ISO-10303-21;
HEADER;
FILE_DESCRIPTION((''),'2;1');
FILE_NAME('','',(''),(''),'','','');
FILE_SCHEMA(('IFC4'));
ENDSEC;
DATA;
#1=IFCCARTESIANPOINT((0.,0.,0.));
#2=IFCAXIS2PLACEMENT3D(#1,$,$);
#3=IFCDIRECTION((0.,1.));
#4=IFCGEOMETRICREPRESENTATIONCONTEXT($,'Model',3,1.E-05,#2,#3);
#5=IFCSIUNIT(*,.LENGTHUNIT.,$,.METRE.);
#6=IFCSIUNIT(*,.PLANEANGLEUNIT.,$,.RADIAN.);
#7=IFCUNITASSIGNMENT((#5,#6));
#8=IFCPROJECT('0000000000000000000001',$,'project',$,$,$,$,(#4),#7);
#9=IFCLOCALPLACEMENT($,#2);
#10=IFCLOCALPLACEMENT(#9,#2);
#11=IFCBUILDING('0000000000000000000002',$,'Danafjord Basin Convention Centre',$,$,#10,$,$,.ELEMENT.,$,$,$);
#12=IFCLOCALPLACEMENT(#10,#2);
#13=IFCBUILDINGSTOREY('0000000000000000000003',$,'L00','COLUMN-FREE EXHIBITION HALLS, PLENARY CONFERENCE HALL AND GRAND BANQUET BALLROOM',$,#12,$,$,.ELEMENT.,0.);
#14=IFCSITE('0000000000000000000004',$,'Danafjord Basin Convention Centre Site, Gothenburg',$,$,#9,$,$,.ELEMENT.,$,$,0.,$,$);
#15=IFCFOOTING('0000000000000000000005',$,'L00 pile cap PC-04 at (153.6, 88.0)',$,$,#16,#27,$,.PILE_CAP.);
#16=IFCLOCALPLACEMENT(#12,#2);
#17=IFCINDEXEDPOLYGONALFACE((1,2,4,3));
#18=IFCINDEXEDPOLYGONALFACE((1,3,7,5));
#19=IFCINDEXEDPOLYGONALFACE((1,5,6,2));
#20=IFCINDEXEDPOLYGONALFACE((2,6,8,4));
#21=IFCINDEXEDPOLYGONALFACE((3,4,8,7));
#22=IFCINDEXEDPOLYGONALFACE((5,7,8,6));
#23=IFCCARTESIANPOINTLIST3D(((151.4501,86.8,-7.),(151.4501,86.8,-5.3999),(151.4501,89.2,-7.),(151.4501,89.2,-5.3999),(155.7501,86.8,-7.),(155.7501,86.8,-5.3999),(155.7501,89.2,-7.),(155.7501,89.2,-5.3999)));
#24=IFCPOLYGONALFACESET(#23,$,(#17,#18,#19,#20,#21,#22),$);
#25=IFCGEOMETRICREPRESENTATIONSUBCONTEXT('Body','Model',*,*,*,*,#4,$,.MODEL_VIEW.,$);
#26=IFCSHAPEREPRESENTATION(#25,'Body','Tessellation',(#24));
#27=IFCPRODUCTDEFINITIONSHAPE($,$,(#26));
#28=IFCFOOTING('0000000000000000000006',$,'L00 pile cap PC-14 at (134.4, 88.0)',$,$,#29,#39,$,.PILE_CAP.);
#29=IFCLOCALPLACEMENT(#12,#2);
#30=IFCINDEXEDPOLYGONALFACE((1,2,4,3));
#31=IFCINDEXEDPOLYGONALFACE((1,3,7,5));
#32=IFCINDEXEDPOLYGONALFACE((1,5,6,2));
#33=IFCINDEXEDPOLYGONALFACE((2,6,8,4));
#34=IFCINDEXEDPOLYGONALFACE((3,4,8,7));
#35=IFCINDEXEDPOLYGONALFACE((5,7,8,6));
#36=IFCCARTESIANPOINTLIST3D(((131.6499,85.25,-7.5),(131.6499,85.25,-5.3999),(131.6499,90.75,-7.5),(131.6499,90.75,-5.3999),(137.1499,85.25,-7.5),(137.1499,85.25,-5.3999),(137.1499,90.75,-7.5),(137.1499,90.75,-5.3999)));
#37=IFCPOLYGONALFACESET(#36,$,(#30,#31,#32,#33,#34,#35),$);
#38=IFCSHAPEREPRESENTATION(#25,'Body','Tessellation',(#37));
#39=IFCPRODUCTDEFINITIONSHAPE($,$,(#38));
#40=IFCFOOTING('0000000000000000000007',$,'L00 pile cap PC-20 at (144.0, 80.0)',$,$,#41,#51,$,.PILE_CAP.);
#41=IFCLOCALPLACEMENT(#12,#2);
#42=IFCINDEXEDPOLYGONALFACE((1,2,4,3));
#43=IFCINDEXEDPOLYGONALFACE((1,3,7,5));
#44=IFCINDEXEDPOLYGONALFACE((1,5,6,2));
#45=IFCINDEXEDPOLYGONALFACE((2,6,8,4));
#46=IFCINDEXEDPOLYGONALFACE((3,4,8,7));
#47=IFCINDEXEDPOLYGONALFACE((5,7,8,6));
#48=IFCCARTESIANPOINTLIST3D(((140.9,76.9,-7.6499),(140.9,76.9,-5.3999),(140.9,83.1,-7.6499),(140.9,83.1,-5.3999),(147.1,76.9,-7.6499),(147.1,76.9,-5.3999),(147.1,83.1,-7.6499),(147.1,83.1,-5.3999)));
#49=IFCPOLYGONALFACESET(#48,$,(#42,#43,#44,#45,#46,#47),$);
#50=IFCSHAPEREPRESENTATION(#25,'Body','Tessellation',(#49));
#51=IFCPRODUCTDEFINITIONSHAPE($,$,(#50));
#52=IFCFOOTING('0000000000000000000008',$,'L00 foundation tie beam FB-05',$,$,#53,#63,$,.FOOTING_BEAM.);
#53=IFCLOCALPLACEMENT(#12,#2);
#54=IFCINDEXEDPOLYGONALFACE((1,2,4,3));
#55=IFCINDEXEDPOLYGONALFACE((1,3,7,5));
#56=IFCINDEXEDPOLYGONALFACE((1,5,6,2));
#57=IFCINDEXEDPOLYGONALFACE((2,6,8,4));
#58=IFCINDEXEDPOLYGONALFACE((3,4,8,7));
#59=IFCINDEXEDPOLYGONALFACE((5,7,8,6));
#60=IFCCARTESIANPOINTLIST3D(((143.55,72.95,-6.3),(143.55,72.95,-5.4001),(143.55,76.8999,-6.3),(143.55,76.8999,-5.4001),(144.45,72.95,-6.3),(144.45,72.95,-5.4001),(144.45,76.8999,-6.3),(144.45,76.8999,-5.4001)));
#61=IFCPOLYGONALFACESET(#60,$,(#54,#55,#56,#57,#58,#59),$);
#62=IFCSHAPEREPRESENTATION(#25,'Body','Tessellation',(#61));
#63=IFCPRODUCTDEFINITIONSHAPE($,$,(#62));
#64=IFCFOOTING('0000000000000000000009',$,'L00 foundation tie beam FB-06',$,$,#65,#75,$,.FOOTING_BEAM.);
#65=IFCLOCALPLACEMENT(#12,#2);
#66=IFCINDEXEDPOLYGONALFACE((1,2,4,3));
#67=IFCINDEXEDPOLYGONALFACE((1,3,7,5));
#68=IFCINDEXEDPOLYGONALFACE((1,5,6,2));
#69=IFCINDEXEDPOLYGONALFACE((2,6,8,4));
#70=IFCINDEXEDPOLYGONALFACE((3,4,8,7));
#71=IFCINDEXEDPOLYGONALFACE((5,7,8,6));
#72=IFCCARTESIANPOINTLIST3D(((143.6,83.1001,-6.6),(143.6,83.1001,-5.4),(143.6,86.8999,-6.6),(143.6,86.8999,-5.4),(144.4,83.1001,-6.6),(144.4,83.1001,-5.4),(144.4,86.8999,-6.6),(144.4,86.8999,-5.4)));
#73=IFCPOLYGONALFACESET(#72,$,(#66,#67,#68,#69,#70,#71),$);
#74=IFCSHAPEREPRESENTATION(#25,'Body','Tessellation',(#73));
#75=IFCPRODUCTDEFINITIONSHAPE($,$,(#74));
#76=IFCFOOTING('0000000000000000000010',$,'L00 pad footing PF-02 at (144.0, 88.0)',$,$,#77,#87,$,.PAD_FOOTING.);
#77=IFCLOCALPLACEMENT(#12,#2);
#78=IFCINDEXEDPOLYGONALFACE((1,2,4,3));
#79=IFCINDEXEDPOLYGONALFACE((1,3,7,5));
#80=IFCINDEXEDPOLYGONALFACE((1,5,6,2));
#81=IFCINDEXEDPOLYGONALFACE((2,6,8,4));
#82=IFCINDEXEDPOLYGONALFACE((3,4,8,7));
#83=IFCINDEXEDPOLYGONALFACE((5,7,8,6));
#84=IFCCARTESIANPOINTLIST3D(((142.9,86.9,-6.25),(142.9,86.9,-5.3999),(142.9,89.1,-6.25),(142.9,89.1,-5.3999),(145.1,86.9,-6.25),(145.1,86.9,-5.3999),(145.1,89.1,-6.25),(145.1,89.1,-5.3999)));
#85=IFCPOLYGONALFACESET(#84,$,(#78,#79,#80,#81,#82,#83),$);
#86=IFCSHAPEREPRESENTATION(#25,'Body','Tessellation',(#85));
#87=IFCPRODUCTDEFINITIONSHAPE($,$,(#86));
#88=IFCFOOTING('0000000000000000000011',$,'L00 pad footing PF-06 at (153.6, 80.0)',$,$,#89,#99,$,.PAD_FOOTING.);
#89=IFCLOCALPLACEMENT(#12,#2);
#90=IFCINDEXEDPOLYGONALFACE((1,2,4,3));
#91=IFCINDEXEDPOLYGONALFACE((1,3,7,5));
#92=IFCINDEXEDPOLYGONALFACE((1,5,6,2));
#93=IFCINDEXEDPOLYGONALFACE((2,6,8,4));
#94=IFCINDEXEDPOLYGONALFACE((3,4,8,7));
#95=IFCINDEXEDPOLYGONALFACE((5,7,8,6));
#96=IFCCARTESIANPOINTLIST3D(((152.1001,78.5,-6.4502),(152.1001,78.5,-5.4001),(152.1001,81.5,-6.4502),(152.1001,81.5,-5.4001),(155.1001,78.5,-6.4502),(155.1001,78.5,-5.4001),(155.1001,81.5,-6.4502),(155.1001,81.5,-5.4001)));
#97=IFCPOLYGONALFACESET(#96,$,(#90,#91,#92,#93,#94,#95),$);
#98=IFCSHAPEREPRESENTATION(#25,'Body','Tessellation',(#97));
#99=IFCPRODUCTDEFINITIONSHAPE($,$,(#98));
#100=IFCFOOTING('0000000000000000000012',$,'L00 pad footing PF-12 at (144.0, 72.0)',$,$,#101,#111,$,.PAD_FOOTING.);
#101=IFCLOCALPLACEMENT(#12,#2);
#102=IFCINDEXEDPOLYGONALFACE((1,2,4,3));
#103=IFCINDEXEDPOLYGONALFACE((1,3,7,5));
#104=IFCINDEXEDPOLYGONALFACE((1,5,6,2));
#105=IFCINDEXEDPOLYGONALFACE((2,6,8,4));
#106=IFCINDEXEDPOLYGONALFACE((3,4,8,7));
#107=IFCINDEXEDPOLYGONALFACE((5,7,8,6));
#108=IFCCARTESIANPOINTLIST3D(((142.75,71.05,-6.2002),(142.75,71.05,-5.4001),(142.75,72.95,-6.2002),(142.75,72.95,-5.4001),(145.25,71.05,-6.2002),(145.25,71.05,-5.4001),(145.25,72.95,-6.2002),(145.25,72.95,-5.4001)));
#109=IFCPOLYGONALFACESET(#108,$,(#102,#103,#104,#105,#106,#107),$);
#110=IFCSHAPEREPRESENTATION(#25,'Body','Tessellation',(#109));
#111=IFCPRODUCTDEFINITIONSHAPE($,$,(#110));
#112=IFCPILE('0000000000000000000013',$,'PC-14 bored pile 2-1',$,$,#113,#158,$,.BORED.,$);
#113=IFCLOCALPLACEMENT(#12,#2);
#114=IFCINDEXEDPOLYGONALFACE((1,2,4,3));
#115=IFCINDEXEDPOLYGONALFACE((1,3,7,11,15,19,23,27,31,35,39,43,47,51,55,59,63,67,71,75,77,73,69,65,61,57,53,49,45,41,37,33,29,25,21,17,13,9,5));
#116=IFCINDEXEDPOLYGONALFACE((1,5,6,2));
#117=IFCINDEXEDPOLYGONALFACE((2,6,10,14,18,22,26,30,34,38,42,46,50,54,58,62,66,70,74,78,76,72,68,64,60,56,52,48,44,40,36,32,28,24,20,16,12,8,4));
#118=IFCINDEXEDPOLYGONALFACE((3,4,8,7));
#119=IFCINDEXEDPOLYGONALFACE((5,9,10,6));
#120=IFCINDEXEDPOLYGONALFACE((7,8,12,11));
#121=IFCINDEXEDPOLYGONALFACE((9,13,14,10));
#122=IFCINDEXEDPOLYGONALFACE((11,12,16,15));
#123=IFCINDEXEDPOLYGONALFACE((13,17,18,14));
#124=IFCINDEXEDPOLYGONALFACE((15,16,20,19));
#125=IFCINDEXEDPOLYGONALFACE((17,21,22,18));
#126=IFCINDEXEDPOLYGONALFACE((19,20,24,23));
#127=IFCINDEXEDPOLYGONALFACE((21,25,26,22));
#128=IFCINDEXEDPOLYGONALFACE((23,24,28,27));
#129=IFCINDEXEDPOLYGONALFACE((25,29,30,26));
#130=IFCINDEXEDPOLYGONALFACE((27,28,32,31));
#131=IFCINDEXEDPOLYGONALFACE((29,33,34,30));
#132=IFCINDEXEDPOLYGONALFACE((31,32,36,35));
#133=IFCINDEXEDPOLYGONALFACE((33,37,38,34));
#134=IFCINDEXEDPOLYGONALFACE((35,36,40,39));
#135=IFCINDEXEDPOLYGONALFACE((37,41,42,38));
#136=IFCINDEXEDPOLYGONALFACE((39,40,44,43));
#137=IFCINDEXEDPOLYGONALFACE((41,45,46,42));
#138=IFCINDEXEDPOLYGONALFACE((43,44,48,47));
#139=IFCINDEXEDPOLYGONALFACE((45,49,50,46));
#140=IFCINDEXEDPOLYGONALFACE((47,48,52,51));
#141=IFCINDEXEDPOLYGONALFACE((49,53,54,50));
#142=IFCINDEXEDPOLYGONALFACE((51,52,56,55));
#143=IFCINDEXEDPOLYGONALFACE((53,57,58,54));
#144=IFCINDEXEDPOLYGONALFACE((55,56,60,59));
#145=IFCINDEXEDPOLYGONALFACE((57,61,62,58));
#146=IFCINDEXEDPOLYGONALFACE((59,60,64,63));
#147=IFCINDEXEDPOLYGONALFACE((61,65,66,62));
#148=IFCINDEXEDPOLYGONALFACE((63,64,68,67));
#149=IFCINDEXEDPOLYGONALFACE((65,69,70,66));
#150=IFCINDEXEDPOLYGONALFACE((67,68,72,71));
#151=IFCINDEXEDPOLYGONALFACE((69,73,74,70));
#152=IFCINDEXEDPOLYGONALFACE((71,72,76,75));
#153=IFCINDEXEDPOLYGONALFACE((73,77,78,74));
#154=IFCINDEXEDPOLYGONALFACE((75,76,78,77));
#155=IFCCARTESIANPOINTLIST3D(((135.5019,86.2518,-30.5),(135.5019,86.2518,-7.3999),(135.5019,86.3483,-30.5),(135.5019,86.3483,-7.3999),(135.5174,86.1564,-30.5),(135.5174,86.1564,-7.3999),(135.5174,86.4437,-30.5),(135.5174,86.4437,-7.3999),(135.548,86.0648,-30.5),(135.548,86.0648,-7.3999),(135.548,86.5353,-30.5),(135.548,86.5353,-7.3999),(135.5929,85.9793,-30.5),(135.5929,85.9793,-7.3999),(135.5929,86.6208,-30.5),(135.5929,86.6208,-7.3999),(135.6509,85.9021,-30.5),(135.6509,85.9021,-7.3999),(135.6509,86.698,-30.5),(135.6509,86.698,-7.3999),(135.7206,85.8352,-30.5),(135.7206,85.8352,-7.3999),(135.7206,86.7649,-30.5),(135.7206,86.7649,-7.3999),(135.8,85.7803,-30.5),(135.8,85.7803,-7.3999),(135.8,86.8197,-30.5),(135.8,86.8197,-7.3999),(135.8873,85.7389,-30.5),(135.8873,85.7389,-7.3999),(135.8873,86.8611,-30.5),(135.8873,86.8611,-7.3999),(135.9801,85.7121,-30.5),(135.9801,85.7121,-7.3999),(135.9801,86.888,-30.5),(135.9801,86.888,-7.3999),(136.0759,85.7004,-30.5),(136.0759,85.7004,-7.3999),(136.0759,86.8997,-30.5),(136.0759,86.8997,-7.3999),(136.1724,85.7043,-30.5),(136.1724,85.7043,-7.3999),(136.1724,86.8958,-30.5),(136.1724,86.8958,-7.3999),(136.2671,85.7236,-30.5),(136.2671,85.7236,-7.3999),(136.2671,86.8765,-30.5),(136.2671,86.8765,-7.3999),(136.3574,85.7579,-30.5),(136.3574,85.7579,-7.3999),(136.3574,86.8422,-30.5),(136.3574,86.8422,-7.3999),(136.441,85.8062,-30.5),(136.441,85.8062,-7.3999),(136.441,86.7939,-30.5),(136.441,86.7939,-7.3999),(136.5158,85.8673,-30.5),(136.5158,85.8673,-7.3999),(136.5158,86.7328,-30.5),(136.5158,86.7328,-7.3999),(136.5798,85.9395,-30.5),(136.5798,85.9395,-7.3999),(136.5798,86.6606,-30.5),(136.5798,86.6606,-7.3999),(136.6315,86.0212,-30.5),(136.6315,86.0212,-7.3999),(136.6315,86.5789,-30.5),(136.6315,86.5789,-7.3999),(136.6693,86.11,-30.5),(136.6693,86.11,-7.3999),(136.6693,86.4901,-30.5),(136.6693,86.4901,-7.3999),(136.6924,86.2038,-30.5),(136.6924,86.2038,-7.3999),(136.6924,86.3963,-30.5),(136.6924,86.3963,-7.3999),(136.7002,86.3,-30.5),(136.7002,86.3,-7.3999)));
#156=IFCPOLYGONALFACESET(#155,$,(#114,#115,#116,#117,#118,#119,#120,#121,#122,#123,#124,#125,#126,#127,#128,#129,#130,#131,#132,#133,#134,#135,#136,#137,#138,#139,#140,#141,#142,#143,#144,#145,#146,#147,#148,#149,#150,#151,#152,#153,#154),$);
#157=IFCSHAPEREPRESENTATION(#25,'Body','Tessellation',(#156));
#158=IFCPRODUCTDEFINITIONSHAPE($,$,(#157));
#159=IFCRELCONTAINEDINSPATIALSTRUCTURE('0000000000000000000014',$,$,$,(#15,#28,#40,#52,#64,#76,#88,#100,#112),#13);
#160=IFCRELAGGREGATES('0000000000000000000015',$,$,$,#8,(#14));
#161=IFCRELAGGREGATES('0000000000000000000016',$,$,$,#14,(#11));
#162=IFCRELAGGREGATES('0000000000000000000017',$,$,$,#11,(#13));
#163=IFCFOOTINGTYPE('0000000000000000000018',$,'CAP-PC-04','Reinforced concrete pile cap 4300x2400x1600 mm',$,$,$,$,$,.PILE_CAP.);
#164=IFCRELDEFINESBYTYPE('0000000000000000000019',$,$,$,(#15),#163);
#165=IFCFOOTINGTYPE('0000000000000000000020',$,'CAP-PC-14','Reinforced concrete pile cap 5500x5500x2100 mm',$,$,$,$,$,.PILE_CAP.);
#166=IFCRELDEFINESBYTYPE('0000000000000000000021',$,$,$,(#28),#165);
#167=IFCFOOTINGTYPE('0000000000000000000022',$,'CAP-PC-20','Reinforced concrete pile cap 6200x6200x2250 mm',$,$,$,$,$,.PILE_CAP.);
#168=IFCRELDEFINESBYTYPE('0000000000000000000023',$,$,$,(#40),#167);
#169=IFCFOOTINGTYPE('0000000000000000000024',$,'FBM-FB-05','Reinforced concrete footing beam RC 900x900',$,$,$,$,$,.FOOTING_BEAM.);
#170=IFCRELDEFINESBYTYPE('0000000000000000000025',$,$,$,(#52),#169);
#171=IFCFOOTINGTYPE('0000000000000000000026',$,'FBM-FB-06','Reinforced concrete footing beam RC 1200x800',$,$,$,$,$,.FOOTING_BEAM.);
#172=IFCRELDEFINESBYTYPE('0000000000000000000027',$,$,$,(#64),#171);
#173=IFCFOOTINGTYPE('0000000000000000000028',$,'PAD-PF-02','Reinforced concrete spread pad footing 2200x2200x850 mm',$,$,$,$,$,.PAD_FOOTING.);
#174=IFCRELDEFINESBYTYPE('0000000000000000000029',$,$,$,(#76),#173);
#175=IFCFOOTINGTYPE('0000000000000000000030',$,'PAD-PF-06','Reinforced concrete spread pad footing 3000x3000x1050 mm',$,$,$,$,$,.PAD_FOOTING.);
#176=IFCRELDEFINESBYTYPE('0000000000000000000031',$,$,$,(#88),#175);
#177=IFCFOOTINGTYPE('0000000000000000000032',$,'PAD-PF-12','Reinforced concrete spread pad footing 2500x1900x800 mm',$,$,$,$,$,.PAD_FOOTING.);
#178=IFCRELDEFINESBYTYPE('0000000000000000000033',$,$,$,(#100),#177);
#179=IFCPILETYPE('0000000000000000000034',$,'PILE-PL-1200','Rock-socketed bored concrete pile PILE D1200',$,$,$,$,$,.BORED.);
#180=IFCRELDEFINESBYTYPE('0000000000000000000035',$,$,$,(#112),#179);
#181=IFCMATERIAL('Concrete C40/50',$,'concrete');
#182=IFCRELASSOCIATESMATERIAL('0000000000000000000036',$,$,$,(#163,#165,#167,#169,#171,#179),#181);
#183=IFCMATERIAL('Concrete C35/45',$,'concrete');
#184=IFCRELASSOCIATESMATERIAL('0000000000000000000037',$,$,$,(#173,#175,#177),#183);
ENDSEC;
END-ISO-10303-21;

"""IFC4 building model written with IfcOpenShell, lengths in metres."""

from ifc_helpers import new_model, si_unit, direction, frame, origin, origin_2d, place, context, subcontext, project, spatial, rectangle, circle, extrude, material, material_profile, profile_set, type_object, element, save


model = new_model("IFC4")

# Units and contexts
model_context = context("Model", 3, precision=1e-05, world=origin(), true_north=direction((0.0, 1.0)))
body_context = subcontext(model_context, "Body", "Model", "MODEL_VIEW")
ifc_project = project(units=[si_unit("LENGTHUNIT", "METRE"), si_unit("PLANEANGLEUNIT", "RADIAN")], contexts=[model_context])

# Site, building, storey
site_placement = place(None, origin())
site = spatial("IfcSite", under=ifc_project, at=site_placement, Name="Danafjord Basin Convention Centre Site, Gothenburg", CompositionType="ELEMENT", RefElevation=0.0)
building_placement = place(site_placement, origin())
building = spatial("IfcBuilding", under=site, at=building_placement, Name="Danafjord Basin Convention Centre", CompositionType="ELEMENT")
storey_placement = place(building_placement, origin())
storey = spatial("IfcBuildingStorey", under=building, at=storey_placement, Name="L00", Description="COLUMN-FREE EXHIBITION HALLS, PLENARY CONFERENCE HALL AND GRAND BANQUET BALLROOM", CompositionType="ELEMENT", Elevation=0.0)

# Footings
ifc_material_1 = material(Name="Concrete C40/50", Category="concrete")
footing_type_1 = type_object("IfcFootingType", Name="CAP-PC-04", Description="Reinforced concrete pile cap 4300x2400x1600 mm", PredefinedType="PILE_CAP", material=ifc_material_1)
footing_1_placement = place(storey_placement, frame((153.6001, 88.0, -7.0), z_axis=(0.0, 0.0, 1.0), x_axis=(1.0, 0.0, 0.0)))
element("IfcFooting", 1, at=footing_1_placement, inside=storey, type_object=footing_type_1, Name="L00 pile cap PC-04 at (153.6, 88.0)", PredefinedType="PILE_CAP", context=body_context, shape_type="SweptSolid", body=[
    extrude(rectangle(XDim=4.3, YDim=2.3999, at=origin_2d()), origin(), (0.0, 0.0, 1.0), 1.6001),
])
footing_type_2 = type_object("IfcFootingType", Name="CAP-PC-14", Description="Reinforced concrete pile cap 5500x5500x2100 mm", PredefinedType="PILE_CAP", material=ifc_material_1)
footing_2_placement = place(storey_placement, frame((134.3999, 88.0, -7.5), z_axis=(0.0, 0.0, 1.0), x_axis=(1.0, 0.0, 0.0)))
element("IfcFooting", 2, at=footing_2_placement, inside=storey, type_object=footing_type_2, Name="L00 pile cap PC-14 at (134.4, 88.0)", PredefinedType="PILE_CAP", context=body_context, shape_type="SweptSolid", body=[
    extrude(rectangle(XDim=5.5, YDim=5.5, at=origin_2d()), origin(), (0.0, 0.0, 1.0), 2.1001),
])
footing_type_3 = type_object("IfcFootingType", Name="CAP-PC-20", Description="Reinforced concrete pile cap 6200x6200x2250 mm", PredefinedType="PILE_CAP", material=ifc_material_1)
footing_3_placement = place(storey_placement, frame((144.0, 80.0, -7.6499), z_axis=(0.0, 0.0, 1.0), x_axis=(1.0, 0.0, 0.0)))
element("IfcFooting", 3, at=footing_3_placement, inside=storey, type_object=footing_type_3, Name="L00 pile cap PC-20 at (144.0, 80.0)", PredefinedType="PILE_CAP", context=body_context, shape_type="SweptSolid", body=[
    extrude(rectangle(XDim=6.2, YDim=6.2, at=origin_2d()), origin(), (0.0, 0.0, 1.0), 2.25),
])
ifc_material_profile_1 = material_profile(ifc_material_1, rectangle(XDim=0.8999, YDim=0.8999, at=origin_2d()), Name="RC 900x900")
ifc_profile_set_1 = profile_set([ifc_material_profile_1], Name="Concrete C40/50")
footing_type_4 = type_object("IfcFootingType", Name="FBM-FB-05", Description="Reinforced concrete footing beam RC 900x900", PredefinedType="FOOTING_BEAM", material=ifc_profile_set_1)
footing_4_placement = place(storey_placement, frame((144.0, 72.95, -5.8501), z_axis=(0.0, 1.0, 0.0), x_axis=(-1.0, 0.0, 0.0)))
element("IfcFooting", 4, at=footing_4_placement, inside=storey, type_object=footing_type_4, Name="L00 foundation tie beam FB-05", PredefinedType="FOOTING_BEAM", context=body_context, shape_type="SweptSolid", body=[
    extrude(rectangle(XDim=0.8999, YDim=0.8999, at=origin_2d()), origin(), (0.0, 0.0, 1.0), 3.95),
])
ifc_material_profile_2 = material_profile(ifc_material_1, rectangle(XDim=0.8, YDim=1.2, at=origin_2d()), Name="RC 1200x800")
ifc_profile_set_2 = profile_set([ifc_material_profile_2], Name="Concrete C40/50")
footing_type_5 = type_object("IfcFootingType", Name="FBM-FB-06", Description="Reinforced concrete footing beam RC 1200x800", PredefinedType="FOOTING_BEAM", material=ifc_profile_set_2)
footing_5_placement = place(storey_placement, frame((144.0, 83.1001, -6.0), z_axis=(0.0, 1.0, 0.0), x_axis=(-1.0, 0.0, 0.0)))
element("IfcFooting", 5, at=footing_5_placement, inside=storey, type_object=footing_type_5, Name="L00 foundation tie beam FB-06", PredefinedType="FOOTING_BEAM", context=body_context, shape_type="SweptSolid", body=[
    extrude(rectangle(XDim=0.8, YDim=1.2, at=origin_2d()), origin(), (0.0, 0.0, 1.0), 3.7998),
])
ifc_material_2 = material(Name="Concrete C35/45", Category="concrete")
footing_type_6 = type_object("IfcFootingType", Name="PAD-PF-02", Description="Reinforced concrete spread pad footing 2200x2200x850 mm", PredefinedType="PAD_FOOTING", material=ifc_material_2)
footing_6_placement = place(storey_placement, frame((144.0, 88.0, -6.25), z_axis=(0.0, 0.0, 1.0), x_axis=(1.0, 0.0, 0.0)))
element("IfcFooting", 6, at=footing_6_placement, inside=storey, type_object=footing_type_6, Name="L00 pad footing PF-02 at (144.0, 88.0)", PredefinedType="PAD_FOOTING", context=body_context, shape_type="SweptSolid", body=[
    extrude(rectangle(XDim=2.2, YDim=2.2, at=origin_2d()), origin(), (0.0, 0.0, 1.0), 0.8501),
])
footing_type_7 = type_object("IfcFootingType", Name="PAD-PF-06", Description="Reinforced concrete spread pad footing 3000x3000x1050 mm", PredefinedType="PAD_FOOTING", material=ifc_material_2)
footing_7_placement = place(storey_placement, frame((153.6001, 80.0, -6.4502), z_axis=(0.0, 0.0, 1.0), x_axis=(1.0, 0.0, 0.0)))
element("IfcFooting", 7, at=footing_7_placement, inside=storey, type_object=footing_type_7, Name="L00 pad footing PF-06 at (153.6, 80.0)", PredefinedType="PAD_FOOTING", context=body_context, shape_type="SweptSolid", body=[
    extrude(rectangle(XDim=3.0, YDim=3.0, at=origin_2d()), origin(), (0.0, 0.0, 1.0), 1.05),
])
footing_type_8 = type_object("IfcFootingType", Name="PAD-PF-12", Description="Reinforced concrete spread pad footing 2500x1900x800 mm", PredefinedType="PAD_FOOTING", material=ifc_material_2)
footing_8_placement = place(storey_placement, frame((144.0, 72.0, -6.2002), z_axis=(0.0, 0.0, 1.0), x_axis=(1.0, 0.0, 0.0)))
element("IfcFooting", 8, at=footing_8_placement, inside=storey, type_object=footing_type_8, Name="L00 pad footing PF-12 at (144.0, 72.0)", PredefinedType="PAD_FOOTING", context=body_context, shape_type="SweptSolid", body=[
    extrude(rectangle(XDim=2.5, YDim=1.8999, at=origin_2d()), origin(), (0.0, 0.0, 1.0), 0.8),
])

# Pile
ifc_material_profile_3 = material_profile(ifc_material_1, circle(Radius=0.6001, at=origin_2d()), Name="PILE D1200")
ifc_profile_set_3 = profile_set([ifc_material_profile_3], Name="Concrete C40/50")
pile_type_1 = type_object("IfcPileType", Name="PILE-PL-1200", Description="Rock-socketed bored concrete pile PILE D1200", PredefinedType="BORED", material=ifc_profile_set_3)
pile_placement = place(storey_placement, frame((136.1001, 86.3, -7.3999), z_axis=(0.0, 0.0, -1.0), x_axis=(1.0, 0.0, 0.0)))
element("IfcPile", 9, at=pile_placement, inside=storey, type_object=pile_type_1, Name="PC-14 bored pile 2-1", PredefinedType="BORED", context=body_context, shape_type="SweptSolid", body=[
    extrude(circle(Radius=0.6001, at=origin_2d()), origin(), (0.0, 0.0, 1.0), 23.1001),
])

save(model, "model.ifc")
